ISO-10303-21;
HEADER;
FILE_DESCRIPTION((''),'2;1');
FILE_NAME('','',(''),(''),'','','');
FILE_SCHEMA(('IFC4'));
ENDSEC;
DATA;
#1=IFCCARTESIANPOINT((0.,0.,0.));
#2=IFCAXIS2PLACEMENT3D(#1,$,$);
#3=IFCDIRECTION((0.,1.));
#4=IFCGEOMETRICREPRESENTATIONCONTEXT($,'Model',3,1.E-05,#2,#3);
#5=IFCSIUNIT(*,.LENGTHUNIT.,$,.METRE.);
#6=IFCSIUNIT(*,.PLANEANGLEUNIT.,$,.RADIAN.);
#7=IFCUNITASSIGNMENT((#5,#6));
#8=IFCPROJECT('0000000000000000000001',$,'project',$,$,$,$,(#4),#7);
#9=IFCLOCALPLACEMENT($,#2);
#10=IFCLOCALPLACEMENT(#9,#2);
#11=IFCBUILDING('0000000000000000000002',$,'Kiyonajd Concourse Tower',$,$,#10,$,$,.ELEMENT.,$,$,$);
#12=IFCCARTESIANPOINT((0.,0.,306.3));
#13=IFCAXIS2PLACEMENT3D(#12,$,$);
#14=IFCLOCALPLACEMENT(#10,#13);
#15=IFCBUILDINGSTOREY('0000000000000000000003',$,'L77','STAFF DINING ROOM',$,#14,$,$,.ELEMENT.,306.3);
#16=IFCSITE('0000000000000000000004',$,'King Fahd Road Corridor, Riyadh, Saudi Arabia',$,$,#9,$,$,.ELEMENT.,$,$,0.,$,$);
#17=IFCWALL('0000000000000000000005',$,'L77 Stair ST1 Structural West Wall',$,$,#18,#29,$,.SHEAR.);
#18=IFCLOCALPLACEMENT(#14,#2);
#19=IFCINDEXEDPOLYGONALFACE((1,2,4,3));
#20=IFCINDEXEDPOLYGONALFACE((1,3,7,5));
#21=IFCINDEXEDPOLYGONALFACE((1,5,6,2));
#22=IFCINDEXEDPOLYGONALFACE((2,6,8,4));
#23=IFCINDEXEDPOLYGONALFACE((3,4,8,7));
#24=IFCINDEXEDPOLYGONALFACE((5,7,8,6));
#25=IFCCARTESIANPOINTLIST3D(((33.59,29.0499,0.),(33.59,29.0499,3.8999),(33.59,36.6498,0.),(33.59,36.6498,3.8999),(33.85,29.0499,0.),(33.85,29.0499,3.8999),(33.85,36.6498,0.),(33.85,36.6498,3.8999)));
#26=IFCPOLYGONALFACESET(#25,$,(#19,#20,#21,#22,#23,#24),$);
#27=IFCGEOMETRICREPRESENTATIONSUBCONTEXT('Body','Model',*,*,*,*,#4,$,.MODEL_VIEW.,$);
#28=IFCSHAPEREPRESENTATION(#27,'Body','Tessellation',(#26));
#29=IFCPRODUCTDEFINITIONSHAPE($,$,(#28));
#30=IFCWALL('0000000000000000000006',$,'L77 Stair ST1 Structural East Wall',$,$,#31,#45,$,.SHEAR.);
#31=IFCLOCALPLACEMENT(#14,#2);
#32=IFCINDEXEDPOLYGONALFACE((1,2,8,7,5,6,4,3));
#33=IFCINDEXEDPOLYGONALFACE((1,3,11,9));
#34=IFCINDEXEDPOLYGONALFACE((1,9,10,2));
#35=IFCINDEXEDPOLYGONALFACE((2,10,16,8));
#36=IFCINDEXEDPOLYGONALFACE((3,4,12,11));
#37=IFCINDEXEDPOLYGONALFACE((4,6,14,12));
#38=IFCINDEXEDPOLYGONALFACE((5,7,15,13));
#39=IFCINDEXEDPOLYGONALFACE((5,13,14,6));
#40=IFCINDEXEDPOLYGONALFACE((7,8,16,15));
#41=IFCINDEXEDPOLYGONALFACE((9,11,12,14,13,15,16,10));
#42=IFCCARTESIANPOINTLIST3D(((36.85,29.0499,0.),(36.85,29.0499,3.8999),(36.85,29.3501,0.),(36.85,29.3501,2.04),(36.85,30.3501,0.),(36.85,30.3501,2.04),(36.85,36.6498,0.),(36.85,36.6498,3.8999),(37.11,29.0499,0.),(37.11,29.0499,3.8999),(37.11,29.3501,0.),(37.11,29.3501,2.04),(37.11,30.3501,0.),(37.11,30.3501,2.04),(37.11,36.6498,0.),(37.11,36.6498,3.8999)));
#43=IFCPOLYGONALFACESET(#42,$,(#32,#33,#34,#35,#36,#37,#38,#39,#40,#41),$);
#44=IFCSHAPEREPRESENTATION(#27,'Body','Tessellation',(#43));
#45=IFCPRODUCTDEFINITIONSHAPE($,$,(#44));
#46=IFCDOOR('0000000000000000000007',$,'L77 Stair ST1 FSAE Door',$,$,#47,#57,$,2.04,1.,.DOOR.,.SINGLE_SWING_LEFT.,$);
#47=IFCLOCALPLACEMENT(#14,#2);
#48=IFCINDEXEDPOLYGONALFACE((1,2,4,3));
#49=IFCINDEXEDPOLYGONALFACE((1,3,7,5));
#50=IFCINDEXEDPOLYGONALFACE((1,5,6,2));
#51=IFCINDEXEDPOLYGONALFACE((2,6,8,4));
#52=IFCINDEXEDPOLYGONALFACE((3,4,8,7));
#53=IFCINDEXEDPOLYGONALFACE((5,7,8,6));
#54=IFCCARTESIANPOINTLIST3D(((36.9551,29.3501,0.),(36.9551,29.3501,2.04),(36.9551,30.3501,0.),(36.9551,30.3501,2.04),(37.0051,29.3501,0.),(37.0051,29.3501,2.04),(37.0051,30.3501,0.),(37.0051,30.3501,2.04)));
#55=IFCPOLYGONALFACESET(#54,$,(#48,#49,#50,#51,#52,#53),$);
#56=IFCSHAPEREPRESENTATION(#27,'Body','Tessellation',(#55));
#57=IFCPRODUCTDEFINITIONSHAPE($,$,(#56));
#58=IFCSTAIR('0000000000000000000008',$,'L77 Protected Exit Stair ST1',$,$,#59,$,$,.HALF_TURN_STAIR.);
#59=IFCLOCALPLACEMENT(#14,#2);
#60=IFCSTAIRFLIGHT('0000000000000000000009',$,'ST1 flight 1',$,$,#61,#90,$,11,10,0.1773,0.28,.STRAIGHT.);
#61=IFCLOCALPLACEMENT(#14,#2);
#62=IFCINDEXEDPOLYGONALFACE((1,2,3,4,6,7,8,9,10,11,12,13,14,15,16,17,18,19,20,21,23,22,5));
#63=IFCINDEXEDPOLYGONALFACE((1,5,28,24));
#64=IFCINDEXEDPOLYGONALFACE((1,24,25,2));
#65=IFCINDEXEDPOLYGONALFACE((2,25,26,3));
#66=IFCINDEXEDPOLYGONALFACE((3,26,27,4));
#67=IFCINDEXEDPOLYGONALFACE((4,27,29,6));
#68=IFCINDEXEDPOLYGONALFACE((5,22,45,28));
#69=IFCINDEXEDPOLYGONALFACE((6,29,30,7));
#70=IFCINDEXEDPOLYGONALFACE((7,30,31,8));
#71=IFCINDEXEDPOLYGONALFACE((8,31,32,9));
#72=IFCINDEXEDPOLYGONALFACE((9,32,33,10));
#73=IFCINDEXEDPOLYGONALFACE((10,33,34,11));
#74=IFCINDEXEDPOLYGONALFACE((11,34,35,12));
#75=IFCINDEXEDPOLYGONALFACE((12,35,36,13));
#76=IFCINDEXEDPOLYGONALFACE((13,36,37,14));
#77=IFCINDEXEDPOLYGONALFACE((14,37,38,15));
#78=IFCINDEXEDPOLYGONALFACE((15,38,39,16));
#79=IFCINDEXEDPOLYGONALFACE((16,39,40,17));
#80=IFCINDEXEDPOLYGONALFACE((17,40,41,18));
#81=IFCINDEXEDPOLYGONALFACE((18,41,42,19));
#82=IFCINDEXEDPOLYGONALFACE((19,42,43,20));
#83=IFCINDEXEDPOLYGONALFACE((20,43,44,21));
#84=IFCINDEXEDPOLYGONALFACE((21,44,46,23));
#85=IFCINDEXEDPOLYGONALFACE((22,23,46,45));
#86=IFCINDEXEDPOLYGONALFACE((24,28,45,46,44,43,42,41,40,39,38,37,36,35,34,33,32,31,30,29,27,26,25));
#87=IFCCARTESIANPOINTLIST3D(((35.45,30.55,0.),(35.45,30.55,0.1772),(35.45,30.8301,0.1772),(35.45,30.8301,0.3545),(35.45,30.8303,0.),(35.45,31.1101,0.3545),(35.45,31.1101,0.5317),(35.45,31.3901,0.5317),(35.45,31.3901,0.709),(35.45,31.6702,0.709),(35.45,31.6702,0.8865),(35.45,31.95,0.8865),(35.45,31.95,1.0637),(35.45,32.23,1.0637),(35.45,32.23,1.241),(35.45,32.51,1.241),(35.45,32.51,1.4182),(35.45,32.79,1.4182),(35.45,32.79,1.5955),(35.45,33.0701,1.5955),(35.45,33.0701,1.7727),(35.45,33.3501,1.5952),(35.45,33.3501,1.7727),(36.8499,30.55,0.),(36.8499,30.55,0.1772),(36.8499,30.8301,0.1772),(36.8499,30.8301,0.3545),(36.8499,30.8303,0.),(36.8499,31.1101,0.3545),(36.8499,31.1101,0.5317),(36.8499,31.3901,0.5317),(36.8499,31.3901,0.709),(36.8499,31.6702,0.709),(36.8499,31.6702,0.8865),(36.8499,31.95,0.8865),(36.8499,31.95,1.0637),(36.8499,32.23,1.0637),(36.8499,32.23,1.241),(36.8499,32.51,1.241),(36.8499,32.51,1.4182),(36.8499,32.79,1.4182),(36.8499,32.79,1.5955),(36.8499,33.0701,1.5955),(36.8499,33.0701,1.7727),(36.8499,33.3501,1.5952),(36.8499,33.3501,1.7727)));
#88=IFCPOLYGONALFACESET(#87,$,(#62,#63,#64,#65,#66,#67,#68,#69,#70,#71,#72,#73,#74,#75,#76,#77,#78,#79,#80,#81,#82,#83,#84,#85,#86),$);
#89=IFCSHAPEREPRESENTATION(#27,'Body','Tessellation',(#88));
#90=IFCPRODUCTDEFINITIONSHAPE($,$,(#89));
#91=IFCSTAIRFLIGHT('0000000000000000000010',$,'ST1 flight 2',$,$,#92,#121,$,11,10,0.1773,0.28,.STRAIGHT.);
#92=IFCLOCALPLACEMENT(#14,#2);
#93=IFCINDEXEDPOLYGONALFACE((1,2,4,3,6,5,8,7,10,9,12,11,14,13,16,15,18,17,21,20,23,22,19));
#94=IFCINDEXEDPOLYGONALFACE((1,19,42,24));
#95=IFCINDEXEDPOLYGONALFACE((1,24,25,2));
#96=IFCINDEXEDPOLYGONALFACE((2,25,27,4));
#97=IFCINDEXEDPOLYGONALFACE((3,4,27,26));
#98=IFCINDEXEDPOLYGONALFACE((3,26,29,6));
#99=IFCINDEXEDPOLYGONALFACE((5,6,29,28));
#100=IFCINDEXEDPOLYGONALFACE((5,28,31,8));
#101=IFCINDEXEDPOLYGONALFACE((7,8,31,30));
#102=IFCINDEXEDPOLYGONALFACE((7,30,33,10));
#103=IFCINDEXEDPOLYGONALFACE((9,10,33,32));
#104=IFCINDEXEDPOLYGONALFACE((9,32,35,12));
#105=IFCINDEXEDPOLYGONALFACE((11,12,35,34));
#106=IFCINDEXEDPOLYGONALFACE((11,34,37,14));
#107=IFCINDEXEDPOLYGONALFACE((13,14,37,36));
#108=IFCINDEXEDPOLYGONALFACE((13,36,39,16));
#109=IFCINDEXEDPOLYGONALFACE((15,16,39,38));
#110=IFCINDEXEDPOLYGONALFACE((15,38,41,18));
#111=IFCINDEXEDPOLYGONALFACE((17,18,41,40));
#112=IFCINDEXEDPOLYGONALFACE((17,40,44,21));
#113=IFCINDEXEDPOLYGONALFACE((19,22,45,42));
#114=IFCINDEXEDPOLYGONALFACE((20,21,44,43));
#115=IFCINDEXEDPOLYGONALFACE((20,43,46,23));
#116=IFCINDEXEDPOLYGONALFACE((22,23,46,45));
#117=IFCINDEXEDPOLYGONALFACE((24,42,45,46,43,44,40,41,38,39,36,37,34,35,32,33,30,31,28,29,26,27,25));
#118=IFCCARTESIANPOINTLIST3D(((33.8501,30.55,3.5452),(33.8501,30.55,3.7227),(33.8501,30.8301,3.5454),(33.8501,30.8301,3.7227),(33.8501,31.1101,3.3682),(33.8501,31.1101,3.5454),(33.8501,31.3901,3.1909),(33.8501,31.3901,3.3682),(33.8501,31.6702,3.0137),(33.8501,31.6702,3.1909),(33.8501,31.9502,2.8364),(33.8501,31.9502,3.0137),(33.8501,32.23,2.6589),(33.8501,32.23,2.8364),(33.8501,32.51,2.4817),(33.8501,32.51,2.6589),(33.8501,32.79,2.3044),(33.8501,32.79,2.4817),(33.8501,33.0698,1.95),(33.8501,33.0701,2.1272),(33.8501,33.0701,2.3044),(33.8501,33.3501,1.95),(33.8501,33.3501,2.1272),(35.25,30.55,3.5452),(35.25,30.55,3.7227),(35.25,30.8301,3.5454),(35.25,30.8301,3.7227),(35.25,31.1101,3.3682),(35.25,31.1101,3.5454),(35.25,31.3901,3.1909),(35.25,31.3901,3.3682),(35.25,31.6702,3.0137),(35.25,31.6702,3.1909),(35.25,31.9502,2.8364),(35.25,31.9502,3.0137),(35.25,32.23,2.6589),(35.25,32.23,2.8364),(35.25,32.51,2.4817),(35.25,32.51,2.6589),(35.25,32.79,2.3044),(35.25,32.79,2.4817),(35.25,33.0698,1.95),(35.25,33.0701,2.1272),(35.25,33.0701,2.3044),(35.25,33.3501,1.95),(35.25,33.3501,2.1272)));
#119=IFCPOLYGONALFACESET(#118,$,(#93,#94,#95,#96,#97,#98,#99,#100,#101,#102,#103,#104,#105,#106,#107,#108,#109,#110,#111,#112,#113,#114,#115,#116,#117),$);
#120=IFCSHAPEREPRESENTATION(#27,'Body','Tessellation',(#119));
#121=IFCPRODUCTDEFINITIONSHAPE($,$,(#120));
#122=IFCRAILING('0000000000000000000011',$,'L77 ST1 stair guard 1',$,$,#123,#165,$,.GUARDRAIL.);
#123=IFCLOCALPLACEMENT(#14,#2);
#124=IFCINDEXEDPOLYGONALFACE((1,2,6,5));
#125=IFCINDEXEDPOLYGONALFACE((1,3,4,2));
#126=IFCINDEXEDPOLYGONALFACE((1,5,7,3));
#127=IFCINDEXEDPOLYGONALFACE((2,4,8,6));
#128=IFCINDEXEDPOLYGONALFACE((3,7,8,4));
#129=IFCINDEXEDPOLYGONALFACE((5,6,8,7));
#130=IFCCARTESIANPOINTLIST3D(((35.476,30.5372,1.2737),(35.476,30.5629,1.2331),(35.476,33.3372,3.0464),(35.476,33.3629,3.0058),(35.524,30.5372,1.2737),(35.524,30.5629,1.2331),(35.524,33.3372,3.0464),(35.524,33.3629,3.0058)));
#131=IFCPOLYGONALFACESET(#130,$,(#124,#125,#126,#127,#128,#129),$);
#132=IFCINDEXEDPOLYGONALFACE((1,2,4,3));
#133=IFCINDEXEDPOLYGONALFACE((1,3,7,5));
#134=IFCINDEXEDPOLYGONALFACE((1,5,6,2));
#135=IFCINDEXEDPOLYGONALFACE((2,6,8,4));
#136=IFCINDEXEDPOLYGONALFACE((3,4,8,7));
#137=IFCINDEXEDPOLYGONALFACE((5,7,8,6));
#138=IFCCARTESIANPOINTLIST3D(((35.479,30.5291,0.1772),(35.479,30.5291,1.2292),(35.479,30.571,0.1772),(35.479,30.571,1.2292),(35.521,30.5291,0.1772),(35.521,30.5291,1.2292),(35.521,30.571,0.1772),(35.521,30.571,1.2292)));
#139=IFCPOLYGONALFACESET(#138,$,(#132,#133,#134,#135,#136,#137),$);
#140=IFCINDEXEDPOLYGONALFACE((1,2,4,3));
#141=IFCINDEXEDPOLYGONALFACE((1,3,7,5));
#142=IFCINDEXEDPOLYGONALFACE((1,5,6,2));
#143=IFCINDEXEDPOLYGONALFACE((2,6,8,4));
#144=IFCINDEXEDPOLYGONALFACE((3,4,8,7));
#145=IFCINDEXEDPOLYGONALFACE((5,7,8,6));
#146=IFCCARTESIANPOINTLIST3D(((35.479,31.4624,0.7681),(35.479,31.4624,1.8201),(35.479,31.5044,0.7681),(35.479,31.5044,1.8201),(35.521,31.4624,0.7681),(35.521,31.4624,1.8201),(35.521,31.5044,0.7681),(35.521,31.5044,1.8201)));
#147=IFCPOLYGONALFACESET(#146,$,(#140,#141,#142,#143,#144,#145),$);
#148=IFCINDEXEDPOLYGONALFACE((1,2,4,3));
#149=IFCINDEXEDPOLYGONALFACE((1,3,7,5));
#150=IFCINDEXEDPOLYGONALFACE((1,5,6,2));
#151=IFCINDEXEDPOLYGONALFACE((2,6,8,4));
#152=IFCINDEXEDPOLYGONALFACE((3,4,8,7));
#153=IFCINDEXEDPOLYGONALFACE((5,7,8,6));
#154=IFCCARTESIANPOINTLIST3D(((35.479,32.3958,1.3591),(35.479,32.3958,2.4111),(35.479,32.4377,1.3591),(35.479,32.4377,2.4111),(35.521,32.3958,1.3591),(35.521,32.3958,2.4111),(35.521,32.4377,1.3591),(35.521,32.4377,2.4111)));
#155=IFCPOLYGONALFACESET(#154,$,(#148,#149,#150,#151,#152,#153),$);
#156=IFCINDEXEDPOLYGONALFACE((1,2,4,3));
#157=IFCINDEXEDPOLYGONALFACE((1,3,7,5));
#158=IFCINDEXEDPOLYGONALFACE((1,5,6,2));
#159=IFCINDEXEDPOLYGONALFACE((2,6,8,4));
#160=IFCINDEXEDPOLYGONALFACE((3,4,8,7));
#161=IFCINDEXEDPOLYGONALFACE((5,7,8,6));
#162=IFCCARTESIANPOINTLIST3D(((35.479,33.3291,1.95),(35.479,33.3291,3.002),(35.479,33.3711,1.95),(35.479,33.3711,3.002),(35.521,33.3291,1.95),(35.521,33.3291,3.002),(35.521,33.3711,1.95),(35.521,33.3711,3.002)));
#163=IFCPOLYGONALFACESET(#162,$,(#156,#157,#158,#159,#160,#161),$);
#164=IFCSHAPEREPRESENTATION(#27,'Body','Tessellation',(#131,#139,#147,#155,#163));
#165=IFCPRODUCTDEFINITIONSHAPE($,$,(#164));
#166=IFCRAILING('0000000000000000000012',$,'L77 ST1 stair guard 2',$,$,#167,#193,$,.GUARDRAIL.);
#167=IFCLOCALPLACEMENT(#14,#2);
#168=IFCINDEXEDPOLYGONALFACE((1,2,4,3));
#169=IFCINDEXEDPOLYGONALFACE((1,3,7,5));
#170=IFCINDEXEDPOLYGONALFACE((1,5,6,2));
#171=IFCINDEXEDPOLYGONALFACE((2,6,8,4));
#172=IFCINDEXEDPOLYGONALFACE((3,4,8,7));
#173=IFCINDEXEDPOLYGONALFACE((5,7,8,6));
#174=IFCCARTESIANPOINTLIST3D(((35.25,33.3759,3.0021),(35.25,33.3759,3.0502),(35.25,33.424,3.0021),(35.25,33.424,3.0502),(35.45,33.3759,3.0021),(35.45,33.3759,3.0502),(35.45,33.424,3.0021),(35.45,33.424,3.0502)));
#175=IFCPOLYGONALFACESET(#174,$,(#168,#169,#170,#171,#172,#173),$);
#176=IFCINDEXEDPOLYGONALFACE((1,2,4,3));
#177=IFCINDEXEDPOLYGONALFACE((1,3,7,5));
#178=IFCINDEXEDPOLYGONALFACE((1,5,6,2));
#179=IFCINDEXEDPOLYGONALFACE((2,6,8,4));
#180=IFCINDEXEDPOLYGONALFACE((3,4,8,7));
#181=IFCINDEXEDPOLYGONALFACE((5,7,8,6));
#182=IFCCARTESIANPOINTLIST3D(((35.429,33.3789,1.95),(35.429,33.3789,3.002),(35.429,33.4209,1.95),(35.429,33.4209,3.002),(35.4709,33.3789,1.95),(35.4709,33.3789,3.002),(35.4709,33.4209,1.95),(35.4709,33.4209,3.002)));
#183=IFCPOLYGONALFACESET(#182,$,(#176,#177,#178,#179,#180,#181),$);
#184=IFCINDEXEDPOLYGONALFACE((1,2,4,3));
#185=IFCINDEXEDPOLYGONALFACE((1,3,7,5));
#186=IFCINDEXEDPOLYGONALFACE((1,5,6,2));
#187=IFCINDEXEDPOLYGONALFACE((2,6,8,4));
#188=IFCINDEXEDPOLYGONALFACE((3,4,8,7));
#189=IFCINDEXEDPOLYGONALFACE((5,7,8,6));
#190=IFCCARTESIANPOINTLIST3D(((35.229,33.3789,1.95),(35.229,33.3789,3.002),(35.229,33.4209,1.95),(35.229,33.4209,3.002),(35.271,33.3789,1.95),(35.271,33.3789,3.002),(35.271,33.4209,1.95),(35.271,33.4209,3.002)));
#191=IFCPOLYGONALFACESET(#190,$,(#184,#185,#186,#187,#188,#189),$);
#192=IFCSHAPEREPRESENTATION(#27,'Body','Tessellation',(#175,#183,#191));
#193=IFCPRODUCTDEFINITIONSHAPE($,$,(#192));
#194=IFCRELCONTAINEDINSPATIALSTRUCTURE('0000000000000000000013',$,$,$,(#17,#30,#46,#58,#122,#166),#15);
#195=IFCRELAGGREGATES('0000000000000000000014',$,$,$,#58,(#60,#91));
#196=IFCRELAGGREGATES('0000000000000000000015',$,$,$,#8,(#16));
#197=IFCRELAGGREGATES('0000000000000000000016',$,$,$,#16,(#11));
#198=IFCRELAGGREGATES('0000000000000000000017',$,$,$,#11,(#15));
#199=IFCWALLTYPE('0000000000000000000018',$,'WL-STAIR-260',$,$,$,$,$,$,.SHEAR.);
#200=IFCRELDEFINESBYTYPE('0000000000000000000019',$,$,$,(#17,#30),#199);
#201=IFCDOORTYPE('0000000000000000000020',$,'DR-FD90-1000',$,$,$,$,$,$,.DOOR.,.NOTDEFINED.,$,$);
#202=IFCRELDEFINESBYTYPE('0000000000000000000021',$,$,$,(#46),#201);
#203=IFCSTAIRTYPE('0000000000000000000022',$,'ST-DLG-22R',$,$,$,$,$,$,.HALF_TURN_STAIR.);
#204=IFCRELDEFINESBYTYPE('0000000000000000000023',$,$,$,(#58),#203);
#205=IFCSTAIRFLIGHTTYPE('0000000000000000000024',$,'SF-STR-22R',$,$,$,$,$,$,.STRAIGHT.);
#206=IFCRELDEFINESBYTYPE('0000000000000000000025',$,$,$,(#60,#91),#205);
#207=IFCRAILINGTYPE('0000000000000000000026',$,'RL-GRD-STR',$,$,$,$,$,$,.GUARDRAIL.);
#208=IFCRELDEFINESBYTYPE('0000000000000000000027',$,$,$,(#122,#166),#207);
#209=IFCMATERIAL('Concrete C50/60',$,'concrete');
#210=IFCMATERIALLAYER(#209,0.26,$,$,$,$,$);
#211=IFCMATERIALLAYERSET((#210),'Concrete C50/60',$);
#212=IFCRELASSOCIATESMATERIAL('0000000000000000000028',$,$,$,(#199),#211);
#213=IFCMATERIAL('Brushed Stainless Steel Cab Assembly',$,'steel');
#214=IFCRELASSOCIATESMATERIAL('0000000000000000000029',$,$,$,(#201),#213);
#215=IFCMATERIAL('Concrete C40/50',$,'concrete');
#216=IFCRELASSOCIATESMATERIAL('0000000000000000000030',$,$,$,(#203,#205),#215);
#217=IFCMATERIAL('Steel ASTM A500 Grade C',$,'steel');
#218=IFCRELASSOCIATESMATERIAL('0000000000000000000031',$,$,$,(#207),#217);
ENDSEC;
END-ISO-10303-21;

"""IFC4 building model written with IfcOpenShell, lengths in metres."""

from ifc_helpers import new_model, si_unit, direction, frame, frame_2d, origin, origin_2d, place, context, subcontext, project, spatial, polyline, rectangle, outline, extrude, material, layer, layer_set, type_object, element, fill, aggregate, save


model = new_model("IFC4")

# Units and contexts
model_context = context("Model", 3, precision=1e-05, world=origin(), true_north=direction((0.0, 1.0)))
body_context = subcontext(model_context, "Body", "Model", "MODEL_VIEW")
ifc_project = project(units=[si_unit("LENGTHUNIT", "METRE"), si_unit("PLANEANGLEUNIT", "RADIAN")], contexts=[model_context])

# Site, building, storey
site_placement = place(None, origin())
site = spatial("IfcSite", under=ifc_project, at=site_placement, Name="King Fahd Road Corridor, Riyadh, Saudi Arabia", CompositionType="ELEMENT", RefElevation=0.0)
building_placement = place(site_placement, origin())
building = spatial("IfcBuilding", under=site, at=building_placement, Name="Kiyonajd Concourse Tower", CompositionType="ELEMENT")
storey_placement = place(building_placement, frame((0.0, 0.0, 306.3)))
storey = spatial("IfcBuildingStorey", under=building, at=storey_placement, Name="L77", Description="STAFF DINING ROOM", CompositionType="ELEMENT", Elevation=306.3)

# Shared definitions
ifc_material_1 = material(Name="Concrete C50/60", Category="concrete")

# Shared definitions
ifc_material_2 = material(Name="Brushed Stainless Steel Cab Assembly", Category="steel")

# Wall
ifc_layer_1 = layer(ifc_material_1, 0.26)
ifc_layer_set_1 = layer_set([ifc_layer_1], Name="Concrete C50/60")
wall_type_1 = type_object("IfcWallType", Name="WL-STAIR-260", PredefinedType="SHEAR", material=ifc_layer_set_1)
wall_1_placement = place(storey_placement, frame((33.72, 29.05, 0.0), z_axis=(0.0, 0.0, 1.0), x_axis=(0.0, 1.0, 0.0)))
element("IfcWall", 1, at=wall_1_placement, inside=storey, type_object=wall_type_1, Name="L77 Stair ST1 Structural West Wall", PredefinedType="SHEAR", context=body_context, shape_type="SweptSolid", body=[
    extrude(rectangle(XDim=7.5999, YDim=0.26, at=frame_2d((3.7998, 0.0))), origin(), (0.0, 0.0, 1.0), 3.8999),
])

# Wall, opening, door
wall_2_placement = place(storey_placement, frame((36.98, 29.05, 0.0), z_axis=(0.0, 0.0, 1.0), x_axis=(0.0, 1.0, 0.0)))
wall_2 = element("IfcWall", 2, at=wall_2_placement, inside=storey, type_object=wall_type_1, Name="L77 Stair ST1 Structural East Wall", PredefinedType="SHEAR", context=body_context, shape_type="SweptSolid", body=[
    extrude(rectangle(XDim=7.5999, YDim=0.26, at=frame_2d((3.7998, 0.0))), origin(), (0.0, 0.0, 1.0), 3.8999),
])
opening_1_placement = place(wall_2_placement, frame((0.3, 0.0, 0.0)))
opening_1 = element("IfcOpeningElement", 3, at=opening_1_placement, cuts=wall_2, PredefinedType="OPENING", context=body_context, shape_type="SweptSolid", body=[
    extrude(rectangle(XDim=1.0, YDim=2.04, at=frame_2d((0.5, 1.02))), frame((0.0, 0.1399, 0.0), z_axis=(0.0, -1.0, 0.0), x_axis=(1.0, 0.0, 0.0)), (0.0, 0.0, 1.0), 0.28),
])
door_type_1 = type_object("IfcDoorType", Name="DR-FD90-1000", OperationType="NOTDEFINED", PredefinedType="DOOR", material=ifc_material_2)
door_1_placement = place(opening_1_placement, origin())
door_1 = element("IfcDoor", 4, at=door_1_placement, inside=storey, type_object=door_type_1, Name="L77 Stair ST1 FSAE Door", OperationType="SINGLE_SWING_LEFT", OverallHeight=2.04, OverallWidth=1.0, PredefinedType="DOOR", context=body_context, shape_type="SweptSolid", body=[
    extrude(rectangle(XDim=1.0, YDim=2.04, at=frame_2d((0.5, 1.02))), frame((0.0, 0.0249, 0.0), z_axis=(0.0, -1.0, 0.0), x_axis=(1.0, 0.0, 0.0)), (0.0, 0.0, 1.0), 0.05),
])
fill(opening_1, door_1)

# Stair, stair flights
ifc_material_3 = material(Name="Concrete C40/50", Category="concrete")
stair_type = type_object("IfcStairType", Name="ST-DLG-22R", PredefinedType="HALF_TURN_STAIR", material=ifc_material_3)
stair_placement = place(storey_placement, origin())
stair = element("IfcStair", 5, at=stair_placement, inside=storey, type_object=stair_type, Name="L77 Protected Exit Stair ST1", PredefinedType="HALF_TURN_STAIR")
stair_flight_type = type_object("IfcStairFlightType", Name="SF-STR-22R", PredefinedType="STRAIGHT", material=ifc_material_3)
stair_flight_1_placement = place(storey_placement, frame((36.1499, 30.55, 0.0), z_axis=(0.0, 0.0, 1.0), x_axis=(0.0, 1.0, 0.0)))
stair_flight_1 = element("IfcStairFlight", 6, at=stair_flight_1_placement, type_object=stair_flight_type, Name="ST1 flight 1", NumberOfRisers=11, NumberOfTreads=10, PredefinedType="STRAIGHT", RiserHeight=0.1773, TreadLength=0.28, context=body_context, shape_type="SweptSolid", body=[
    extrude(outline(polyline([(0.0, 0.0), (0.0, 0.1772), (0.28, 0.1772), (0.28, 0.3545), (0.5601, 0.3545), (0.5601, 0.5317), (0.8401, 0.5317), (0.8401, 0.709), (1.1201, 0.709), (1.1201, 0.8865), (1.3999, 0.8865), (1.3999, 1.0637), (1.6799, 1.0637), (1.6799, 1.241), (1.96, 1.241), (1.96, 1.4182), (2.24, 1.4182), (2.24, 1.5955), (2.52, 1.5955), (2.52, 1.7727), (2.8, 1.7727), (2.8, 1.95), (2.8, 1.5952), (0.2803, 0.0), (0.0, 0.0)])), frame((0.0, 0.7, 0.0), z_axis=(0.0, -1.0, 0.0), x_axis=(1.0, 0.0, 0.0)), (0.0, 0.0, 1.0), 1.3999),
])
stair_flight_2_placement = place(storey_placement, frame((34.55, 33.3501, 1.95), z_axis=(0.0, 0.0, 1.0), x_axis=(0.0, -1.0, 0.0)))
stair_flight_2 = element("IfcStairFlight", 7, at=stair_flight_2_placement, type_object=stair_flight_type, Name="ST1 flight 2", NumberOfRisers=11, NumberOfTreads=10, PredefinedType="STRAIGHT", RiserHeight=0.1773, TreadLength=0.28, context=body_context, shape_type="SweptSolid", body=[
    extrude(outline(polyline([(0.0, 0.0), (0.0, 0.1772), (0.28, 0.1772), (0.28, 0.3545), (0.5601, 0.3545), (0.5601, 0.5317), (0.8401, 0.5317), (0.8401, 0.709), (1.1201, 0.709), (1.1201, 0.8865), (1.3999, 0.8865), (1.3999, 1.0637), (1.6799, 1.0637), (1.6799, 1.241), (1.96, 1.241), (1.96, 1.4182), (2.24, 1.4182), (2.24, 1.5955), (2.52, 1.5955), (2.52, 1.7727), (2.8, 1.7727), (2.8, 1.95), (2.8, 1.5952), (0.2803, 0.0), (0.0, 0.0)])), frame((0.0, 0.7, 0.0), z_axis=(0.0, -1.0, 0.0), x_axis=(1.0, 0.0, 0.0)), (0.0, 0.0, 1.0), 1.3999),
])
aggregate(stair, [stair_flight_1, stair_flight_2])

# Railings
ifc_material_4 = material(Name="Steel ASTM A500 Grade C", Category="steel")
railing_type_1 = type_object("IfcRailingType", Name="RL-GRD-STR", PredefinedType="GUARDRAIL", material=ifc_material_4)
railing_1_placement = place(storey_placement, frame((35.5, 30.55, 0.1772)))
element("IfcRailing", 8, at=railing_1_placement, inside=storey, type_object=railing_type_1, Name="L77 ST1 stair guard 1", PredefinedType="GUARDRAIL", context=body_context, shape_type="SweptSolid", body=[
    extrude(rectangle(XDim=0.0481, YDim=0.0481, at=origin_2d()), frame((0.0, 0.0, 1.0762), z_axis=(0.0, 0.844909, 0.53491), x_axis=(-1.0, 0.0, 0.0)), (0.0, 0.0, 1.0), 3.314),
    extrude(rectangle(XDim=0.042, YDim=0.042, at=origin_2d()), origin(), (0.0, 0.0, 1.0), 1.052),
    extrude(rectangle(XDim=0.042, YDim=0.042, at=origin_2d()), frame((0.0, 0.9333, 0.5908)), (0.0, 0.0, 1.0), 1.052),
    extrude(rectangle(XDim=0.042, YDim=0.042, at=origin_2d()), frame((0.0, 1.8667, 1.1819)), (0.0, 0.0, 1.0), 1.052),
    extrude(rectangle(XDim=0.042, YDim=0.042, at=origin_2d()), frame((0.0, 2.8, 1.7727)), (0.0, 0.0, 1.0), 1.052),
])
railing_2_placement = place(storey_placement, frame((35.45, 33.3999, 1.95)))
element("IfcRailing", 9, at=railing_2_placement, inside=storey, type_object=railing_type_1, Name="L77 ST1 stair guard 2", PredefinedType="GUARDRAIL", context=body_context, shape_type="SweptSolid", body=[
    extrude(rectangle(XDim=0.0481, YDim=0.0481, at=origin_2d()), frame((0.0, 0.0, 1.0762), z_axis=(-1.0, 0.0, 0.0), x_axis=(0.0, -1.0, 0.0)), (0.0, 0.0, 1.0), 0.2),
    extrude(rectangle(XDim=0.042, YDim=0.042, at=origin_2d()), origin(), (0.0, 0.0, 1.0), 1.052),
    extrude(rectangle(XDim=0.042, YDim=0.042, at=origin_2d()), frame((-0.2, 0.0, 0.0)), (0.0, 0.0, 1.0), 1.052),
])

save(model, "model.ifc")
